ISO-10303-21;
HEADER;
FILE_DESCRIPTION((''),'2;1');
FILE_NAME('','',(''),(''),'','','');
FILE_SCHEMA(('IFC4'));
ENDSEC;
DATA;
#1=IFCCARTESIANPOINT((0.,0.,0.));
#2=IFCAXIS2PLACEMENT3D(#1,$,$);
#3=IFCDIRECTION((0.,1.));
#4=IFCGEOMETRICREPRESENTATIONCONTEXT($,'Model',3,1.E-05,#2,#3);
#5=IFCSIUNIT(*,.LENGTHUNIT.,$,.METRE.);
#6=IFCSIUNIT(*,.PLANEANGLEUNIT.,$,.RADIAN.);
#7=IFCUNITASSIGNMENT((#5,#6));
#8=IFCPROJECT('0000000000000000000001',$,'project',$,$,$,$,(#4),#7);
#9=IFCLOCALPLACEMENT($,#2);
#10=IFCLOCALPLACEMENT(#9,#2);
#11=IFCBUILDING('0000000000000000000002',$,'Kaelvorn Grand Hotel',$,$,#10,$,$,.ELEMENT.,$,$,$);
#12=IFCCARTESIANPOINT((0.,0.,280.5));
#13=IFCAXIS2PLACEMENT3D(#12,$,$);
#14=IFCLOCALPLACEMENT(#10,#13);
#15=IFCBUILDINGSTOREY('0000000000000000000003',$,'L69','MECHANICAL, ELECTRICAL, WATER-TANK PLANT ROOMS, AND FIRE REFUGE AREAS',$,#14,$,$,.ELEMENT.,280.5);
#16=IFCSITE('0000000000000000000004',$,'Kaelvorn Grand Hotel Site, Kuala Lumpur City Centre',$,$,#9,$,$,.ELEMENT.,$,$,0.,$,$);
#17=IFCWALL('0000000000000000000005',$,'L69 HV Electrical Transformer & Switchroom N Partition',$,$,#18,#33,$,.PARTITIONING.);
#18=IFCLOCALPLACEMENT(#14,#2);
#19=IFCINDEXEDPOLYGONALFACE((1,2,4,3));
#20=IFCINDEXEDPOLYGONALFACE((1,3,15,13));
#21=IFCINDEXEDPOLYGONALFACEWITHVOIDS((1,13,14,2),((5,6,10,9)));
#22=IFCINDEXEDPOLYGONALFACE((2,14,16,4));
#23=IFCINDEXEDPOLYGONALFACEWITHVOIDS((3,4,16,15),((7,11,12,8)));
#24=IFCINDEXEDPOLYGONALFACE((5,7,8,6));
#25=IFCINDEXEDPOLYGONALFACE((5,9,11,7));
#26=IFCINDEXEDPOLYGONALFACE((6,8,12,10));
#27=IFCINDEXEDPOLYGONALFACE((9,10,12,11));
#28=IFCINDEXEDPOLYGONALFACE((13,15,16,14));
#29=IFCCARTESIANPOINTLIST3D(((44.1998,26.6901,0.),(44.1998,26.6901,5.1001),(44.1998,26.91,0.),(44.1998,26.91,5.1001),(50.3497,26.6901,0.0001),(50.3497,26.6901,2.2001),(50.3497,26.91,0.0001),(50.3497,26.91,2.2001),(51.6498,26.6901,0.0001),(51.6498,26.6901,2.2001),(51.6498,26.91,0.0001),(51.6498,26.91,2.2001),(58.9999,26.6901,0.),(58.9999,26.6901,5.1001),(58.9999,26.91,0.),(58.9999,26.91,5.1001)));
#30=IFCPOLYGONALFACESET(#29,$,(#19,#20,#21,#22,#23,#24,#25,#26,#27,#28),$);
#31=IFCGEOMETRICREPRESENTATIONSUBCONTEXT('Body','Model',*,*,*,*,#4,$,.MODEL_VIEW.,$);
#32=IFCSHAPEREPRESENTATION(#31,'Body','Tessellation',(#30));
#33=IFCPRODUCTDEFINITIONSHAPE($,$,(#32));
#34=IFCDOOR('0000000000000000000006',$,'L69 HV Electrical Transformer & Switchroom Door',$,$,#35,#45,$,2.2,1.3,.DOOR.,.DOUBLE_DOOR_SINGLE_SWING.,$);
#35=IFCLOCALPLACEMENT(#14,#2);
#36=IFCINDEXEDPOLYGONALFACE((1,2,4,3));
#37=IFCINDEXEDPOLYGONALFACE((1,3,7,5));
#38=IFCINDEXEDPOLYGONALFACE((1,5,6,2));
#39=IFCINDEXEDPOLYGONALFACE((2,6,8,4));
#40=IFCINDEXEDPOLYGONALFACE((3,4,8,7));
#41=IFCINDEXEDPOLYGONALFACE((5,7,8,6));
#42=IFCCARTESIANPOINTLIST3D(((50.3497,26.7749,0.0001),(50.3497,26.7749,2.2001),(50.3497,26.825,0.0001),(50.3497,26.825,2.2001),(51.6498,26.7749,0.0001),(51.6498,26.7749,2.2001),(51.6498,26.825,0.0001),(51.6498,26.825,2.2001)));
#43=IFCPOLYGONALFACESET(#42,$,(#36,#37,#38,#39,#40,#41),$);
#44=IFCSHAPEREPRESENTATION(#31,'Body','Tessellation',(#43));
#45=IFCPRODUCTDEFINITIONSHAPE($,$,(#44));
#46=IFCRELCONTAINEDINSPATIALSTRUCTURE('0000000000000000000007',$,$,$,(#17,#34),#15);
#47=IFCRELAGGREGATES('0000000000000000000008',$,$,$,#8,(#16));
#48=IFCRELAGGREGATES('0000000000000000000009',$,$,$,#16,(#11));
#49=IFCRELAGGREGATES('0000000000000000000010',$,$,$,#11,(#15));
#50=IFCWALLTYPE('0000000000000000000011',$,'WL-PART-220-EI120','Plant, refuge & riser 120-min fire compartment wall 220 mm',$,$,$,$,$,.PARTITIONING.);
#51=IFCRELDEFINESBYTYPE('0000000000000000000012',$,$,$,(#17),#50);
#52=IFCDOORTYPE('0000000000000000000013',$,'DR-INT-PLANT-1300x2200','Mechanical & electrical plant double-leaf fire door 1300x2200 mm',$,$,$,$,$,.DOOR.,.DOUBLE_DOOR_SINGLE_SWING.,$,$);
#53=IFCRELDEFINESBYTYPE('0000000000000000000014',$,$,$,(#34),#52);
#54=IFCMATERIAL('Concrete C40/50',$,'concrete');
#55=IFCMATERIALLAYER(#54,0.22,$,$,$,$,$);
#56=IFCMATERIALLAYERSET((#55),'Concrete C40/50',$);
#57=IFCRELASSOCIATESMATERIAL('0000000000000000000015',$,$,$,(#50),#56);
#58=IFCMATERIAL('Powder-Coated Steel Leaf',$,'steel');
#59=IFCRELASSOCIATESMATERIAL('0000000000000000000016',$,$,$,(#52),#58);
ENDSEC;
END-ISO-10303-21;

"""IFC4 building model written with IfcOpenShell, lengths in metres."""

from ifc_helpers import new_model, si_unit, direction, frame, frame_2d, origin, place, context, subcontext, project, spatial, rectangle, extrude, material, layer, layer_set, type_object, element, fill, save


model = new_model("IFC4")

# Units and contexts
model_context = context("Model", 3, precision=1e-05, world=origin(), true_north=direction((0.0, 1.0)))
body_context = subcontext(model_context, "Body", "Model", "MODEL_VIEW")
ifc_project = project(units=[si_unit("LENGTHUNIT", "METRE"), si_unit("PLANEANGLEUNIT", "RADIAN")], contexts=[model_context])

# Site, building, storey
site_placement = place(None, origin())
site = spatial("IfcSite", under=ifc_project, at=site_placement, Name="Kaelvorn Grand Hotel Site, Kuala Lumpur City Centre", CompositionType="ELEMENT", RefElevation=0.0)
building_placement = place(site_placement, origin())
building = spatial("IfcBuilding", under=site, at=building_placement, Name="Kaelvorn Grand Hotel", CompositionType="ELEMENT")
storey_placement = place(building_placement, frame((0.0, 0.0, 280.5)))
storey = spatial("IfcBuildingStorey", under=building, at=storey_placement, Name="L69", Description="MECHANICAL, ELECTRICAL, WATER-TANK PLANT ROOMS, AND FIRE REFUGE AREAS", CompositionType="ELEMENT", Elevation=280.5)

# Wall, opening, door
ifc_material_1 = material(Name="Concrete C40/50", Category="concrete")
ifc_layer_1 = layer(ifc_material_1, 0.22)
ifc_layer_set_1 = layer_set([ifc_layer_1], Name="Concrete C40/50")
wall_type_1 = type_object("IfcWallType", Name="WL-PART-220-EI120", Description="Plant, refuge & riser 120-min fire compartment wall 220 mm", PredefinedType="PARTITIONING", material=ifc_layer_set_1)
wall_1_placement = place(storey_placement, frame((44.2, 26.8, 0.0), z_axis=(0.0, 0.0, 1.0), x_axis=(1.0, 0.0, 0.0)))
wall_1 = element("IfcWall", 1, at=wall_1_placement, inside=storey, type_object=wall_type_1, Name="L69 HV Electrical Transformer & Switchroom N Partition", PredefinedType="PARTITIONING", context=body_context, shape_type="SweptSolid", body=[
    extrude(rectangle(XDim=14.8, YDim=0.22, at=frame_2d((7.3999, 0.0))), origin(), (0.0, 0.0, 1.0), 5.1001),
])
opening_placement = place(wall_1_placement, frame((6.1499, 0.0, 0.0)))
opening = element("IfcOpeningElement", 2, at=opening_placement, cuts=wall_1, PredefinedType="OPENING", context=body_context, shape_type="SweptSolid", body=[
    extrude(rectangle(XDim=1.3, YDim=2.2, at=frame_2d((0.6499, 1.1001))), frame((0.0, 0.1201, 0.0), z_axis=(0.0, -1.0, 0.0), x_axis=(1.0, 0.0, 0.0)), (0.0, 0.0, 1.0), 0.24),
])
ifc_material_2 = material(Name="Powder-Coated Steel Leaf", Category="steel")
door_type = type_object("IfcDoorType", Name="DR-INT-PLANT-1300x2200", Description="Mechanical & electrical plant double-leaf fire door 1300x2200 mm", OperationType="DOUBLE_DOOR_SINGLE_SWING", PredefinedType="DOOR", material=ifc_material_2)
door_placement = place(opening_placement, origin())
door = element("IfcDoor", 3, at=door_placement, inside=storey, type_object=door_type, Name="L69 HV Electrical Transformer & Switchroom Door", OperationType="DOUBLE_DOOR_SINGLE_SWING", OverallHeight=2.2, OverallWidth=1.3, PredefinedType="DOOR", context=body_context, shape_type="SweptSolid", body=[
    extrude(rectangle(XDim=1.3, YDim=2.2, at=frame_2d((0.6499, 1.1001))), frame((0.0, 0.0249, 0.0), z_axis=(0.0, -1.0, 0.0), x_axis=(1.0, 0.0, 0.0)), (0.0, 0.0, 1.0), 0.05),
])
fill(opening, door)

save(model, "model.ifc")
